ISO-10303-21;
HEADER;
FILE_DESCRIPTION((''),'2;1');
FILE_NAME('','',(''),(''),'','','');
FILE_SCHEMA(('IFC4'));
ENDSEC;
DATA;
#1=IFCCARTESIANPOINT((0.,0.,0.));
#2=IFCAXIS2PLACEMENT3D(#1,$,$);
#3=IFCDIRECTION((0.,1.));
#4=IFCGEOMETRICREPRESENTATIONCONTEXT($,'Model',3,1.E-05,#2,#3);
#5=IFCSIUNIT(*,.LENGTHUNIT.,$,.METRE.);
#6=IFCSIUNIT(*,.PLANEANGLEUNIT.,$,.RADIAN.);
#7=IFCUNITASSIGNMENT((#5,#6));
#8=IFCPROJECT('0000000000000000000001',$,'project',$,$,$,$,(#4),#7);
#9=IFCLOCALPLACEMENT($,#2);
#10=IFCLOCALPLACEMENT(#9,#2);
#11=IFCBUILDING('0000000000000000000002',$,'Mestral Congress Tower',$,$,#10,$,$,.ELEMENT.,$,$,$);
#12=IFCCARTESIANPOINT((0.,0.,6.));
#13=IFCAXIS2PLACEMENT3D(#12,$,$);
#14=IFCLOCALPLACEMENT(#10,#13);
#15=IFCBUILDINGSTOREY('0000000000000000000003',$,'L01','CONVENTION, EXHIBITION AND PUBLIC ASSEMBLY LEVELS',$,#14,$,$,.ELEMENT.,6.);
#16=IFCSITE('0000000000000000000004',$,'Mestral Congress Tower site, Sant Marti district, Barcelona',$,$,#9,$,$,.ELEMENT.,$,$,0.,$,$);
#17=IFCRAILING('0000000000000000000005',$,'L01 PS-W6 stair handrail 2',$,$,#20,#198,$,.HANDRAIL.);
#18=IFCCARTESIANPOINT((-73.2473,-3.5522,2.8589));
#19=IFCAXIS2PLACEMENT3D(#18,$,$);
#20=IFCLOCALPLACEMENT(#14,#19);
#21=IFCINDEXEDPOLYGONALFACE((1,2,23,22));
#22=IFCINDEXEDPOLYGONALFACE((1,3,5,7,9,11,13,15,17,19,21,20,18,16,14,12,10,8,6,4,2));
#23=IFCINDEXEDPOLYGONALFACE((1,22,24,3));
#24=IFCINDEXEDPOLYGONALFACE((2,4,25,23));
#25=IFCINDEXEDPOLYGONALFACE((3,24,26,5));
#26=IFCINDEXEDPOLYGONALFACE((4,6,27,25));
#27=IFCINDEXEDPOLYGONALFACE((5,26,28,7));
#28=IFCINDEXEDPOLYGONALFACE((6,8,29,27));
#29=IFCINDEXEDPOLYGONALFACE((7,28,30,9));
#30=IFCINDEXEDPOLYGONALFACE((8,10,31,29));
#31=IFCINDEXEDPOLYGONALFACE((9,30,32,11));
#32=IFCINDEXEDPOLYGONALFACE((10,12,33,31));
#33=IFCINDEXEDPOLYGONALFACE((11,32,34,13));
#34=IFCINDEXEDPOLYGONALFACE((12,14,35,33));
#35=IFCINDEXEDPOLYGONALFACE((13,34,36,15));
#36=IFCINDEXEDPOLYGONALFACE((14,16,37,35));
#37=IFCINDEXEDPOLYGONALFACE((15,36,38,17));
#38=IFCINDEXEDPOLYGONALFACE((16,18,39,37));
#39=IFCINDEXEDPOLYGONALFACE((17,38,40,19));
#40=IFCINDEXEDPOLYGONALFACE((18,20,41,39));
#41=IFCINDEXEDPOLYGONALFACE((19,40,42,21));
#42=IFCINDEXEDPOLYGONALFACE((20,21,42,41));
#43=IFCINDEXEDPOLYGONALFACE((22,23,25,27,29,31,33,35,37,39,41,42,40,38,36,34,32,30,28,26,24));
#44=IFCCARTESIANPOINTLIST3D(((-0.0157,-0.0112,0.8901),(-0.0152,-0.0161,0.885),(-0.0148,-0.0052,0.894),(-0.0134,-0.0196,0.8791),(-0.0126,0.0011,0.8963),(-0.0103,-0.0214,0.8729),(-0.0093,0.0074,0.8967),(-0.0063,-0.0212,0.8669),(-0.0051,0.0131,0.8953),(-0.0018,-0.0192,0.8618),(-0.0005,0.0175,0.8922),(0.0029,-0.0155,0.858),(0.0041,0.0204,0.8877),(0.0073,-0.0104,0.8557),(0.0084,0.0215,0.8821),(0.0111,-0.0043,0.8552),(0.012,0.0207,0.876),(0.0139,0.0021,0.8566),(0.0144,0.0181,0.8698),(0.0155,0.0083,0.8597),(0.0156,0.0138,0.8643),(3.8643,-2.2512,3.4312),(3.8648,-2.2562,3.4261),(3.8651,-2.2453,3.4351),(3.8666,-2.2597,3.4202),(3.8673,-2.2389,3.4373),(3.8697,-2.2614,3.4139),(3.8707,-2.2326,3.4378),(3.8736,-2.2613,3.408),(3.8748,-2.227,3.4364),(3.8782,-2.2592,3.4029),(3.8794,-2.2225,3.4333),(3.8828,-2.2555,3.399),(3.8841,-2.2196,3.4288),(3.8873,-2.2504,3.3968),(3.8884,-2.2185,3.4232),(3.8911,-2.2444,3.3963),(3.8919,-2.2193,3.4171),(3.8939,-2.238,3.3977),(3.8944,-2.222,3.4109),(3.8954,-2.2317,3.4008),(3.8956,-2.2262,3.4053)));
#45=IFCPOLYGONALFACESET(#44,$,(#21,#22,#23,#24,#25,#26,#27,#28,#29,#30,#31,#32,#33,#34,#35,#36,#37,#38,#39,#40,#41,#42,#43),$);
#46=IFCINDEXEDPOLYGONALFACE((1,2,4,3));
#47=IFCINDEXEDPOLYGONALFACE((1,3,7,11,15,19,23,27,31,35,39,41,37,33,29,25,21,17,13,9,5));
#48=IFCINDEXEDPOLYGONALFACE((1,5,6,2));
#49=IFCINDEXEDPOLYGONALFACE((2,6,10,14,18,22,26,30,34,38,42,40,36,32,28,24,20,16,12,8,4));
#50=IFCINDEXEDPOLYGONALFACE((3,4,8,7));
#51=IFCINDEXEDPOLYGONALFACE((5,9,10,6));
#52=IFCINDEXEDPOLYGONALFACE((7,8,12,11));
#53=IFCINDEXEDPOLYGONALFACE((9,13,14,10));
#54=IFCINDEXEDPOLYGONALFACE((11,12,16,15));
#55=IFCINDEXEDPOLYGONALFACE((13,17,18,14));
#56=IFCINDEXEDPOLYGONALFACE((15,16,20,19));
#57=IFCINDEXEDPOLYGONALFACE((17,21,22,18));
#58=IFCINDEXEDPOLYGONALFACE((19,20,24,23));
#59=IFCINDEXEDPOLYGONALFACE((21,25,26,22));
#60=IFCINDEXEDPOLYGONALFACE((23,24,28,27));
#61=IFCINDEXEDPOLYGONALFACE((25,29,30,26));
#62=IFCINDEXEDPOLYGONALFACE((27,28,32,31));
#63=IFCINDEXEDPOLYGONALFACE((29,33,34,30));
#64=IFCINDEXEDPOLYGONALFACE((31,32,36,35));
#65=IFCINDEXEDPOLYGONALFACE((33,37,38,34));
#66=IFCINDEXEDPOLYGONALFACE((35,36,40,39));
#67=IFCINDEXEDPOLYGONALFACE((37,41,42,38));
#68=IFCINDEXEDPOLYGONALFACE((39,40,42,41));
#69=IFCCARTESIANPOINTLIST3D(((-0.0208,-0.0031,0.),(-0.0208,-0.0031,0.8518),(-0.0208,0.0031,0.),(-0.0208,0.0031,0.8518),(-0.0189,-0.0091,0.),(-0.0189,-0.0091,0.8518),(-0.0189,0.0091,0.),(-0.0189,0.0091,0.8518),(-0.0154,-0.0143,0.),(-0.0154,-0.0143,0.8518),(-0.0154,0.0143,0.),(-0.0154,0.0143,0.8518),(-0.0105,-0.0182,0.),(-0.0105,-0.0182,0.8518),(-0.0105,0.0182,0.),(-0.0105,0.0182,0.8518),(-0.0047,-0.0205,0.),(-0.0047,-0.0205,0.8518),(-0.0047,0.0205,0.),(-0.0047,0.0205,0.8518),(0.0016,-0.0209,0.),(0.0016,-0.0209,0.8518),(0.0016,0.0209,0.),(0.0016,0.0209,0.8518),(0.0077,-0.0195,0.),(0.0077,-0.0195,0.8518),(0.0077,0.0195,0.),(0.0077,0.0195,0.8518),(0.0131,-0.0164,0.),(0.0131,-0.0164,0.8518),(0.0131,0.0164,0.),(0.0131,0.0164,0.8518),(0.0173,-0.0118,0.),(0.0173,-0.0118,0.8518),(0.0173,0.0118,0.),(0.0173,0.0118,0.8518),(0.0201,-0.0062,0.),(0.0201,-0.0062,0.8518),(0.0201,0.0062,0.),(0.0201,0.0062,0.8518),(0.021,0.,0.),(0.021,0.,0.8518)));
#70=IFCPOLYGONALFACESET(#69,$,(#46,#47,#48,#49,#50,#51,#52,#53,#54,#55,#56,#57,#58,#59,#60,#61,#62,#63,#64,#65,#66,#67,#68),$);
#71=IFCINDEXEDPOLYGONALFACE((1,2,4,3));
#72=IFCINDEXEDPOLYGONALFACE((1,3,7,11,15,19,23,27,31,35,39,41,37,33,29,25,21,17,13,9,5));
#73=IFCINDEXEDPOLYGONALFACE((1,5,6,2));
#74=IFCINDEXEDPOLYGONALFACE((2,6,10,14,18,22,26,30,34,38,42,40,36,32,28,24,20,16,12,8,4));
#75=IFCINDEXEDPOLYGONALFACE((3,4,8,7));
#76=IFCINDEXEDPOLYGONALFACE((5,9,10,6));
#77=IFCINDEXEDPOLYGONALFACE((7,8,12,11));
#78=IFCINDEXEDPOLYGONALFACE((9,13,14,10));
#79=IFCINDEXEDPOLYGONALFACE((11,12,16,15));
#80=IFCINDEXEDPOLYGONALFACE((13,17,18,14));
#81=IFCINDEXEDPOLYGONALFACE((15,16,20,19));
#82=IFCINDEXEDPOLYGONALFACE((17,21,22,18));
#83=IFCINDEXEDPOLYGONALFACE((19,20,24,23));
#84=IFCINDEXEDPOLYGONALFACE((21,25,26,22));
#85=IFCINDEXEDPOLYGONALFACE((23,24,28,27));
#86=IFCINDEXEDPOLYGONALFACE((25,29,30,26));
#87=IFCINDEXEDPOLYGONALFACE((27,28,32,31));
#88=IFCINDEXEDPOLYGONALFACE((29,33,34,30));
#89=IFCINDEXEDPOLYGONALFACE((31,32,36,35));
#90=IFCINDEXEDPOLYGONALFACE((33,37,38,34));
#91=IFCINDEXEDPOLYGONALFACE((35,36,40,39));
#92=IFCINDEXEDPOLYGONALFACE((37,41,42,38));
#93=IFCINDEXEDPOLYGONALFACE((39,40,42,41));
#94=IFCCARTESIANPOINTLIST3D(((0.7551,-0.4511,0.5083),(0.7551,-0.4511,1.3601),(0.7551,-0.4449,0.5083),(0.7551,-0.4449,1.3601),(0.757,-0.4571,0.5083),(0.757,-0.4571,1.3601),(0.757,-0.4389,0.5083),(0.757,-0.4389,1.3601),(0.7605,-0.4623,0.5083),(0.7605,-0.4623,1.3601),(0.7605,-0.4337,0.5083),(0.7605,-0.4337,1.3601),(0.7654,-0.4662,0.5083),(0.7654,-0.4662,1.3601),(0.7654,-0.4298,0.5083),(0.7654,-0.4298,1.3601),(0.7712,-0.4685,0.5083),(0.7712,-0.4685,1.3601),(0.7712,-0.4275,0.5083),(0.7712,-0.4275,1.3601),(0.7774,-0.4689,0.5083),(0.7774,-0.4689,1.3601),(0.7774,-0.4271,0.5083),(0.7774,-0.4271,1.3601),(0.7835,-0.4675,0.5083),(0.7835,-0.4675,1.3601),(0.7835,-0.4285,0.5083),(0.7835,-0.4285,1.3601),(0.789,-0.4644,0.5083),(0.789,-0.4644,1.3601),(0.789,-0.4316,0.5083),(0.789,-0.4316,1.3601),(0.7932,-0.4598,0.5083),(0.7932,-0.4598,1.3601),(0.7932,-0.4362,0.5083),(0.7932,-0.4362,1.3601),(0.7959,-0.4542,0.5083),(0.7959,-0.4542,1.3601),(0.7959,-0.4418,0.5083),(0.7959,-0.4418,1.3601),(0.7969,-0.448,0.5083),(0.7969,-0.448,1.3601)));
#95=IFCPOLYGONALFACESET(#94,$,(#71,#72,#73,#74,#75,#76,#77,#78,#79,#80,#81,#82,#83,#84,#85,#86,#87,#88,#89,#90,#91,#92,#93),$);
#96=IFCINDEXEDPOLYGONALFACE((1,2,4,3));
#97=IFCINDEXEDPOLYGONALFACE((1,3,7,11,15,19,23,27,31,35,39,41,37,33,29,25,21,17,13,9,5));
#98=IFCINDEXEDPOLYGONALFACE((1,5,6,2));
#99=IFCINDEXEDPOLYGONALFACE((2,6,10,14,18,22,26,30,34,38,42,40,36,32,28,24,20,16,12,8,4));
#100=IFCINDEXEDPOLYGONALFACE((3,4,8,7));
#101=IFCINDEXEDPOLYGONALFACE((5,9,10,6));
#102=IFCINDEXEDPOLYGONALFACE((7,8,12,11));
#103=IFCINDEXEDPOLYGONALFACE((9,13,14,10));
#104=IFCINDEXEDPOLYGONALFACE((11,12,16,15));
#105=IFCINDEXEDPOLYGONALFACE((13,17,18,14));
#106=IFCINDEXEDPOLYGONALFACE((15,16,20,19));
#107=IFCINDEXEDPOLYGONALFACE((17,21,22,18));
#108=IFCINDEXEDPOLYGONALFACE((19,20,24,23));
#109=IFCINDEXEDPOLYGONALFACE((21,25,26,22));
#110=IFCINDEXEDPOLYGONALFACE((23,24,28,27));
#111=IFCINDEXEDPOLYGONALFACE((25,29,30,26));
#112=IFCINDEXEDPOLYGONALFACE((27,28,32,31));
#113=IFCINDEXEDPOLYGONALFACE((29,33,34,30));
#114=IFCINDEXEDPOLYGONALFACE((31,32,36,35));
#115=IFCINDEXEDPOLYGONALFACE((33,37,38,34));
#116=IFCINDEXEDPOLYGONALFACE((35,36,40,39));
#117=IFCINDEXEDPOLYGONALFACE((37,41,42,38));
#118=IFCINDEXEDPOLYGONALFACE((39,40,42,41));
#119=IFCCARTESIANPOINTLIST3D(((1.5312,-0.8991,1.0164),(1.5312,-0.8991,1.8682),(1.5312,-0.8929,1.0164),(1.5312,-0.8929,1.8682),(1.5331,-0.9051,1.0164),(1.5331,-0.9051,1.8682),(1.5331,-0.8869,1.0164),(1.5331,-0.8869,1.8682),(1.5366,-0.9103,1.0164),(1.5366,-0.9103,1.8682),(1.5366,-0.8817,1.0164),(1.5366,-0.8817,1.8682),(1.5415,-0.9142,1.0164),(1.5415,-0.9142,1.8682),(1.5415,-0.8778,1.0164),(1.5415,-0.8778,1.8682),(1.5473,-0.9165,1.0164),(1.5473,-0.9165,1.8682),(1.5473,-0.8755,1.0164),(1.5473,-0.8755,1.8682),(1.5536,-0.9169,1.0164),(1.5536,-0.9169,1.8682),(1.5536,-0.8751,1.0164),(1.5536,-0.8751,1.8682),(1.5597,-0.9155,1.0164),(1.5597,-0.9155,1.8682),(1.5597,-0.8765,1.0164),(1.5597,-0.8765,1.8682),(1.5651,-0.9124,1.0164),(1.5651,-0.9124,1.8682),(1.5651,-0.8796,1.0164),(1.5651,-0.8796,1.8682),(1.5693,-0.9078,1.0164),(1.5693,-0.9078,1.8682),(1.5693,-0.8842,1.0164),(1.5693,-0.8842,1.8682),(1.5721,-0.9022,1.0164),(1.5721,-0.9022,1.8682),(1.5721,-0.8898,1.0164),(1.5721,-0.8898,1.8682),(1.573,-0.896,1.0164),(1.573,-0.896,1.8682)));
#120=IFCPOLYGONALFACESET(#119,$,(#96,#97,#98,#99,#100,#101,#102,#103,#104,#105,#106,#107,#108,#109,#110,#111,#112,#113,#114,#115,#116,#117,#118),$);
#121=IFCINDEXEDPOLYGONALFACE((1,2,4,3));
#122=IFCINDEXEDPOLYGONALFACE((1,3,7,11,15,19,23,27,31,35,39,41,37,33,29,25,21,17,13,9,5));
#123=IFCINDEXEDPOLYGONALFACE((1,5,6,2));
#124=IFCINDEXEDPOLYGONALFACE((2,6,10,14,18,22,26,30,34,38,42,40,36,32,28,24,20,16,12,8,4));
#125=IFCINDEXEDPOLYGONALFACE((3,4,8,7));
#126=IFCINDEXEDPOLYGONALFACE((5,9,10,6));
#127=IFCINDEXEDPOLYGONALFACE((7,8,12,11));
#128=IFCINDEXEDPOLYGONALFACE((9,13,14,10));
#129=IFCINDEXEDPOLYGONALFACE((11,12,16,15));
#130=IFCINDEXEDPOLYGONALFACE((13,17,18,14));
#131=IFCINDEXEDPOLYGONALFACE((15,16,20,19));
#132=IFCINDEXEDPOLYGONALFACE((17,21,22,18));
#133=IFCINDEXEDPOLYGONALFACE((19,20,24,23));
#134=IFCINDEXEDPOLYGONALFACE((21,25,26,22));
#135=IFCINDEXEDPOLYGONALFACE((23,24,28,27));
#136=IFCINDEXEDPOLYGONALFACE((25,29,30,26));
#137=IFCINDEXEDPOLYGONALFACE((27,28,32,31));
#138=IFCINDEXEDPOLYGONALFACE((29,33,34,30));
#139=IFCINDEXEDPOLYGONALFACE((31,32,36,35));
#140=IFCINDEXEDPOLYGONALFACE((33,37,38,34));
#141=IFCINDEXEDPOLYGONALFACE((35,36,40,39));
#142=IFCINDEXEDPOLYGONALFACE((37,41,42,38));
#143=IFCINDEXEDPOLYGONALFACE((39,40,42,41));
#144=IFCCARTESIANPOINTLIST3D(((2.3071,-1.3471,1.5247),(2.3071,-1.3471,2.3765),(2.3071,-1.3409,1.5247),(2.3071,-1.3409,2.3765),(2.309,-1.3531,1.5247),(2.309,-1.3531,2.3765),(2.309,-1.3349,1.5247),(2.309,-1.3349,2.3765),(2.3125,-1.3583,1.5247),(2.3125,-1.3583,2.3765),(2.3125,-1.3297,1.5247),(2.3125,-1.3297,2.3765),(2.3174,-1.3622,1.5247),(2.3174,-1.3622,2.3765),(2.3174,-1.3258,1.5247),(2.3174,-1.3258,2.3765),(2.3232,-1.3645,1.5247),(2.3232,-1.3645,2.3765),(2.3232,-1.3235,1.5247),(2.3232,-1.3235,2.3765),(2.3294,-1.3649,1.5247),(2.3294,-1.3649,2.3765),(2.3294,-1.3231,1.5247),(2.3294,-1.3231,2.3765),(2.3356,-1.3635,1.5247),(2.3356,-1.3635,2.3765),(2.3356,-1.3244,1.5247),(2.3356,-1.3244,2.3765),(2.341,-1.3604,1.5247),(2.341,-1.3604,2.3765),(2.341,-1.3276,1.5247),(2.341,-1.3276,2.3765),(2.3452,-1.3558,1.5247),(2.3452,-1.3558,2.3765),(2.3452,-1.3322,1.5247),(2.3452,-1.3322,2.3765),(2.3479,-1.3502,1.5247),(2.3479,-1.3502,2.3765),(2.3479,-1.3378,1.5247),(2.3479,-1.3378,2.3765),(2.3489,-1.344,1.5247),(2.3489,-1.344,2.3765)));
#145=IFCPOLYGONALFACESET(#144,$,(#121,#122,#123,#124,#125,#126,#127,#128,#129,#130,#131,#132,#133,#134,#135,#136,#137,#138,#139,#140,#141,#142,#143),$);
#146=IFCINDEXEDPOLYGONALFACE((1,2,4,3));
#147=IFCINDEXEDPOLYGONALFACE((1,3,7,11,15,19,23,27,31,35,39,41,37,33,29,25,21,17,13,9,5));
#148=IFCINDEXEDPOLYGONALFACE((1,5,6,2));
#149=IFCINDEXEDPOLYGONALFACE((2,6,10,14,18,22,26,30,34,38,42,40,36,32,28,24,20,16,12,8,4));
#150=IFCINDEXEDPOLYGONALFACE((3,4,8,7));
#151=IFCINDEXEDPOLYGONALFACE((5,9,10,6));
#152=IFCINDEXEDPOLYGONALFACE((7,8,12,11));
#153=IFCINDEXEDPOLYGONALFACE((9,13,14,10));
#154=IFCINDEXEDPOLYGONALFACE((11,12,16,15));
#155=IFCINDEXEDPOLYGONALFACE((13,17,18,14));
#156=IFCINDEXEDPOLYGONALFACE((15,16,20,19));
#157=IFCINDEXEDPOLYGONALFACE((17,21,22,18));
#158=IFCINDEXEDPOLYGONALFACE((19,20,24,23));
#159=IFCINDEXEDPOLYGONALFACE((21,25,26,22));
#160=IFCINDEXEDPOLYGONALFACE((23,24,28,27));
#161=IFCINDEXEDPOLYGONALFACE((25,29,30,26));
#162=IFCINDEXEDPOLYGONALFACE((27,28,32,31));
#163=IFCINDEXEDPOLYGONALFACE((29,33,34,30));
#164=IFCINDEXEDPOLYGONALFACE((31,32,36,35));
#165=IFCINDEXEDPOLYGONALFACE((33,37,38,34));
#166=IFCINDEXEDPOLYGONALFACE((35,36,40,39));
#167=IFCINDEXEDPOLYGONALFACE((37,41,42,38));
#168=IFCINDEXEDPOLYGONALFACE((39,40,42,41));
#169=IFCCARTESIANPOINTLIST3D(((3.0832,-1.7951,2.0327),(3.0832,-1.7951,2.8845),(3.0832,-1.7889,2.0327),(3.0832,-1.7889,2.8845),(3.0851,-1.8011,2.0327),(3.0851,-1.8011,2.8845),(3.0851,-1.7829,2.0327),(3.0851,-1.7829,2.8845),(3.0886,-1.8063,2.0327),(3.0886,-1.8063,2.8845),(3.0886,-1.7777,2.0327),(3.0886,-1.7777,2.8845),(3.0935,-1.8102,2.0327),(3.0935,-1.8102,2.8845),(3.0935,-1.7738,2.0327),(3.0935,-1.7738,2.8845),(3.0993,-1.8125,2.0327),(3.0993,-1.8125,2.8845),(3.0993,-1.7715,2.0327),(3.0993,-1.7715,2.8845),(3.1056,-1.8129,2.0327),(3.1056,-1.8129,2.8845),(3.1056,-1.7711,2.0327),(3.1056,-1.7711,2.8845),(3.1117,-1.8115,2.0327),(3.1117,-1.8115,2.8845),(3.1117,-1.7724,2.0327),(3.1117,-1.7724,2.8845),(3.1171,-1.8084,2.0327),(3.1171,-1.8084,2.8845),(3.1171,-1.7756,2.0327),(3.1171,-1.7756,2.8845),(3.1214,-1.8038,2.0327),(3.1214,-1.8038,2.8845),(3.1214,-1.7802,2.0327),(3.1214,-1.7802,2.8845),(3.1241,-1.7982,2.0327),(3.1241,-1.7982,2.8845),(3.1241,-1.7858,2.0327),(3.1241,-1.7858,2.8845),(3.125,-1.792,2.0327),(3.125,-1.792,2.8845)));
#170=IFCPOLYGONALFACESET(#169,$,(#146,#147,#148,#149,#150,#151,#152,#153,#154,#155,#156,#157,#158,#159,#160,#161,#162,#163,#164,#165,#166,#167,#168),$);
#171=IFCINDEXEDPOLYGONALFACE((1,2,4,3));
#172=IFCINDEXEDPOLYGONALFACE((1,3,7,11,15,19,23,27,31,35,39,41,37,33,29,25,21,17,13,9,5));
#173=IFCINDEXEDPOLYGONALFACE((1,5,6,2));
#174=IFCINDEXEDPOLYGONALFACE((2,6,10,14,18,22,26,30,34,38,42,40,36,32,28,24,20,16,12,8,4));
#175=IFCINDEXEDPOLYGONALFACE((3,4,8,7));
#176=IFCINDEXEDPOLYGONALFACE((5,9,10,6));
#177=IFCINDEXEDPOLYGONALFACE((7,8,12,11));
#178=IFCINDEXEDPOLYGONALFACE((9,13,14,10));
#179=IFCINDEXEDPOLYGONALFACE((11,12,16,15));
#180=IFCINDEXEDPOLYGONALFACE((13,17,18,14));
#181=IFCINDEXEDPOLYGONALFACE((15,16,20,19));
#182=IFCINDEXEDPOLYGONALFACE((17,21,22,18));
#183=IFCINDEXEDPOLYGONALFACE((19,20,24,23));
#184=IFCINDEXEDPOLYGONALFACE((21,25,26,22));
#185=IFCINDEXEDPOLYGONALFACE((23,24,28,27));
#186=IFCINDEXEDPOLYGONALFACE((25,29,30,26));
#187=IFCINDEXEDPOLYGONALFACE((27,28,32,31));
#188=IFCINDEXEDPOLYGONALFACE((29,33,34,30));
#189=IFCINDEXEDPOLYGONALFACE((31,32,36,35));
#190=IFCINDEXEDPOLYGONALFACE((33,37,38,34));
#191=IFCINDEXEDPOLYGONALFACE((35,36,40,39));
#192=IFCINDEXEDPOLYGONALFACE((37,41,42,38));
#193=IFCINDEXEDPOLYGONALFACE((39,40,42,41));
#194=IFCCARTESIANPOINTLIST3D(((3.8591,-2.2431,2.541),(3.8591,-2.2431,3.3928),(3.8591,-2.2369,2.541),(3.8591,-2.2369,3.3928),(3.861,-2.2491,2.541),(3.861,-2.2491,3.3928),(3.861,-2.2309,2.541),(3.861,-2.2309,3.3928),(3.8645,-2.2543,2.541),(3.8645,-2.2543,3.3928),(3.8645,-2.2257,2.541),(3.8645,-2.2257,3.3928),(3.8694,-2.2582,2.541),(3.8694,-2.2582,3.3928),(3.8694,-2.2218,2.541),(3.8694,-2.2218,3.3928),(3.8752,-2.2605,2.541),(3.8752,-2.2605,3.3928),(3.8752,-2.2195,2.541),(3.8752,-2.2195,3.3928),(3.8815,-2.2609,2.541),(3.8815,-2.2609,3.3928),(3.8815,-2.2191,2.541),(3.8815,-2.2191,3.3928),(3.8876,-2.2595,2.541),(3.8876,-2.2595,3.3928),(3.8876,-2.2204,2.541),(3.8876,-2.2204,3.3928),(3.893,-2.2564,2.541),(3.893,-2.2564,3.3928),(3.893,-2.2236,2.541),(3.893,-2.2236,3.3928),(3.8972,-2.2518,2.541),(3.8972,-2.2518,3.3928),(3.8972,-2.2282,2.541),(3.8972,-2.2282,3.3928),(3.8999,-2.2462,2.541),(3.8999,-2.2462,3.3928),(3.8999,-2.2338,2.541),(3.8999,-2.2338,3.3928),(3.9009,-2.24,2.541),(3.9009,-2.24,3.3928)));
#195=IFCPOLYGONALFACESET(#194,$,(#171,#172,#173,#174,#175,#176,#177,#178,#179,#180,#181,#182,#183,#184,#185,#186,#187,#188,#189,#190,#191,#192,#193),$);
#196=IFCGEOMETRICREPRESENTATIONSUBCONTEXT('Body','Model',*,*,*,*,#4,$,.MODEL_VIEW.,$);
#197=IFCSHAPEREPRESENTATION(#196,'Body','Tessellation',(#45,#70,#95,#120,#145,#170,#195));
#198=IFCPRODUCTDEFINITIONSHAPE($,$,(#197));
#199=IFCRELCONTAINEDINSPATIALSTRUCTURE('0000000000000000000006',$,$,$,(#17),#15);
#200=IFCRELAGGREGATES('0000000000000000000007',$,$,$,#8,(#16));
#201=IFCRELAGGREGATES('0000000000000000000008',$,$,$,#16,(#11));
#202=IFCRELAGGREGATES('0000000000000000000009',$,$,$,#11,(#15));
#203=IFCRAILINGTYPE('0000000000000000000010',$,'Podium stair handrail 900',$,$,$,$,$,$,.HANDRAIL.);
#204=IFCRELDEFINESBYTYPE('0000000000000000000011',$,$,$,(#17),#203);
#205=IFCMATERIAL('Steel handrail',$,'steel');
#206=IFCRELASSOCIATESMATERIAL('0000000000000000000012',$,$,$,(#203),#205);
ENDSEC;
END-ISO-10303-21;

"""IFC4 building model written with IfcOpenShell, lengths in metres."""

from ifc_helpers import new_model, si_unit, direction, frame, origin, origin_2d, place, context, subcontext, project, spatial, circle, extrude, material, type_object, element, save


model = new_model("IFC4")

# Units and contexts
model_context = context("Model", 3, precision=1e-05, world=origin(), true_north=direction((0.0, 1.0)))
body_context = subcontext(model_context, "Body", "Model", "MODEL_VIEW")
ifc_project = project(units=[si_unit("LENGTHUNIT", "METRE"), si_unit("PLANEANGLEUNIT", "RADIAN")], contexts=[model_context])

# Site, building, storey
site_placement = place(None, origin())
site = spatial("IfcSite", under=ifc_project, at=site_placement, Name="Mestral Congress Tower site, Sant Marti district, Barcelona", CompositionType="ELEMENT", RefElevation=0.0)
building_placement = place(site_placement, origin())
building = spatial("IfcBuilding", under=site, at=building_placement, Name="Mestral Congress Tower", CompositionType="ELEMENT")
storey_placement = place(building_placement, frame((0.0, 0.0, 6.0)))
storey = spatial("IfcBuildingStorey", under=building, at=storey_placement, Name="L01", Description="CONVENTION, EXHIBITION AND PUBLIC ASSEMBLY LEVELS", CompositionType="ELEMENT", Elevation=6.0)

# Railing
ifc_material_1 = material(Name="Steel handrail", Category="steel")
railing_type_1 = type_object("IfcRailingType", Name="Podium stair handrail 900", PredefinedType="HANDRAIL", material=ifc_material_1)
railing_1_placement = place(storey_placement, frame((-73.2473, -3.5522, 2.8589)))
element("IfcRailing", 1, at=railing_1_placement, inside=storey, type_object=railing_type_1, Name="L01 PS-W6 stair handrail 2", PredefinedType="HANDRAIL", context=body_context, shape_type="SweptSolid", body=[
    extrude(circle(Radius=0.0239, at=origin_2d()), frame((0.0, 0.0, 0.876), z_axis=(0.7533, -0.434906, 0.493352), x_axis=(0.49999, 0.866031, 0.0)), (0.0, 0.0, 1.0), 5.1506),
    extrude(circle(Radius=0.021, at=origin_2d()), origin(), (0.0, 0.0, 1.0), 0.8518),
    extrude(circle(Radius=0.021, at=origin_2d()), frame((0.7759, -0.448, 0.5083)), (0.0, 0.0, 1.0), 0.8518),
    extrude(circle(Radius=0.021, at=origin_2d()), frame((1.552, -0.896, 1.0164)), (0.0, 0.0, 1.0), 0.8518),
    extrude(circle(Radius=0.021, at=origin_2d()), frame((2.3279, -1.344, 1.5247)), (0.0, 0.0, 1.0), 0.8518),
    extrude(circle(Radius=0.021, at=origin_2d()), frame((3.104, -1.792, 2.0327)), (0.0, 0.0, 1.0), 0.8518),
    extrude(circle(Radius=0.021, at=origin_2d()), frame((3.8799, -2.24, 2.541)), (0.0, 0.0, 1.0), 0.8518),
])

save(model, "model.ifc")
